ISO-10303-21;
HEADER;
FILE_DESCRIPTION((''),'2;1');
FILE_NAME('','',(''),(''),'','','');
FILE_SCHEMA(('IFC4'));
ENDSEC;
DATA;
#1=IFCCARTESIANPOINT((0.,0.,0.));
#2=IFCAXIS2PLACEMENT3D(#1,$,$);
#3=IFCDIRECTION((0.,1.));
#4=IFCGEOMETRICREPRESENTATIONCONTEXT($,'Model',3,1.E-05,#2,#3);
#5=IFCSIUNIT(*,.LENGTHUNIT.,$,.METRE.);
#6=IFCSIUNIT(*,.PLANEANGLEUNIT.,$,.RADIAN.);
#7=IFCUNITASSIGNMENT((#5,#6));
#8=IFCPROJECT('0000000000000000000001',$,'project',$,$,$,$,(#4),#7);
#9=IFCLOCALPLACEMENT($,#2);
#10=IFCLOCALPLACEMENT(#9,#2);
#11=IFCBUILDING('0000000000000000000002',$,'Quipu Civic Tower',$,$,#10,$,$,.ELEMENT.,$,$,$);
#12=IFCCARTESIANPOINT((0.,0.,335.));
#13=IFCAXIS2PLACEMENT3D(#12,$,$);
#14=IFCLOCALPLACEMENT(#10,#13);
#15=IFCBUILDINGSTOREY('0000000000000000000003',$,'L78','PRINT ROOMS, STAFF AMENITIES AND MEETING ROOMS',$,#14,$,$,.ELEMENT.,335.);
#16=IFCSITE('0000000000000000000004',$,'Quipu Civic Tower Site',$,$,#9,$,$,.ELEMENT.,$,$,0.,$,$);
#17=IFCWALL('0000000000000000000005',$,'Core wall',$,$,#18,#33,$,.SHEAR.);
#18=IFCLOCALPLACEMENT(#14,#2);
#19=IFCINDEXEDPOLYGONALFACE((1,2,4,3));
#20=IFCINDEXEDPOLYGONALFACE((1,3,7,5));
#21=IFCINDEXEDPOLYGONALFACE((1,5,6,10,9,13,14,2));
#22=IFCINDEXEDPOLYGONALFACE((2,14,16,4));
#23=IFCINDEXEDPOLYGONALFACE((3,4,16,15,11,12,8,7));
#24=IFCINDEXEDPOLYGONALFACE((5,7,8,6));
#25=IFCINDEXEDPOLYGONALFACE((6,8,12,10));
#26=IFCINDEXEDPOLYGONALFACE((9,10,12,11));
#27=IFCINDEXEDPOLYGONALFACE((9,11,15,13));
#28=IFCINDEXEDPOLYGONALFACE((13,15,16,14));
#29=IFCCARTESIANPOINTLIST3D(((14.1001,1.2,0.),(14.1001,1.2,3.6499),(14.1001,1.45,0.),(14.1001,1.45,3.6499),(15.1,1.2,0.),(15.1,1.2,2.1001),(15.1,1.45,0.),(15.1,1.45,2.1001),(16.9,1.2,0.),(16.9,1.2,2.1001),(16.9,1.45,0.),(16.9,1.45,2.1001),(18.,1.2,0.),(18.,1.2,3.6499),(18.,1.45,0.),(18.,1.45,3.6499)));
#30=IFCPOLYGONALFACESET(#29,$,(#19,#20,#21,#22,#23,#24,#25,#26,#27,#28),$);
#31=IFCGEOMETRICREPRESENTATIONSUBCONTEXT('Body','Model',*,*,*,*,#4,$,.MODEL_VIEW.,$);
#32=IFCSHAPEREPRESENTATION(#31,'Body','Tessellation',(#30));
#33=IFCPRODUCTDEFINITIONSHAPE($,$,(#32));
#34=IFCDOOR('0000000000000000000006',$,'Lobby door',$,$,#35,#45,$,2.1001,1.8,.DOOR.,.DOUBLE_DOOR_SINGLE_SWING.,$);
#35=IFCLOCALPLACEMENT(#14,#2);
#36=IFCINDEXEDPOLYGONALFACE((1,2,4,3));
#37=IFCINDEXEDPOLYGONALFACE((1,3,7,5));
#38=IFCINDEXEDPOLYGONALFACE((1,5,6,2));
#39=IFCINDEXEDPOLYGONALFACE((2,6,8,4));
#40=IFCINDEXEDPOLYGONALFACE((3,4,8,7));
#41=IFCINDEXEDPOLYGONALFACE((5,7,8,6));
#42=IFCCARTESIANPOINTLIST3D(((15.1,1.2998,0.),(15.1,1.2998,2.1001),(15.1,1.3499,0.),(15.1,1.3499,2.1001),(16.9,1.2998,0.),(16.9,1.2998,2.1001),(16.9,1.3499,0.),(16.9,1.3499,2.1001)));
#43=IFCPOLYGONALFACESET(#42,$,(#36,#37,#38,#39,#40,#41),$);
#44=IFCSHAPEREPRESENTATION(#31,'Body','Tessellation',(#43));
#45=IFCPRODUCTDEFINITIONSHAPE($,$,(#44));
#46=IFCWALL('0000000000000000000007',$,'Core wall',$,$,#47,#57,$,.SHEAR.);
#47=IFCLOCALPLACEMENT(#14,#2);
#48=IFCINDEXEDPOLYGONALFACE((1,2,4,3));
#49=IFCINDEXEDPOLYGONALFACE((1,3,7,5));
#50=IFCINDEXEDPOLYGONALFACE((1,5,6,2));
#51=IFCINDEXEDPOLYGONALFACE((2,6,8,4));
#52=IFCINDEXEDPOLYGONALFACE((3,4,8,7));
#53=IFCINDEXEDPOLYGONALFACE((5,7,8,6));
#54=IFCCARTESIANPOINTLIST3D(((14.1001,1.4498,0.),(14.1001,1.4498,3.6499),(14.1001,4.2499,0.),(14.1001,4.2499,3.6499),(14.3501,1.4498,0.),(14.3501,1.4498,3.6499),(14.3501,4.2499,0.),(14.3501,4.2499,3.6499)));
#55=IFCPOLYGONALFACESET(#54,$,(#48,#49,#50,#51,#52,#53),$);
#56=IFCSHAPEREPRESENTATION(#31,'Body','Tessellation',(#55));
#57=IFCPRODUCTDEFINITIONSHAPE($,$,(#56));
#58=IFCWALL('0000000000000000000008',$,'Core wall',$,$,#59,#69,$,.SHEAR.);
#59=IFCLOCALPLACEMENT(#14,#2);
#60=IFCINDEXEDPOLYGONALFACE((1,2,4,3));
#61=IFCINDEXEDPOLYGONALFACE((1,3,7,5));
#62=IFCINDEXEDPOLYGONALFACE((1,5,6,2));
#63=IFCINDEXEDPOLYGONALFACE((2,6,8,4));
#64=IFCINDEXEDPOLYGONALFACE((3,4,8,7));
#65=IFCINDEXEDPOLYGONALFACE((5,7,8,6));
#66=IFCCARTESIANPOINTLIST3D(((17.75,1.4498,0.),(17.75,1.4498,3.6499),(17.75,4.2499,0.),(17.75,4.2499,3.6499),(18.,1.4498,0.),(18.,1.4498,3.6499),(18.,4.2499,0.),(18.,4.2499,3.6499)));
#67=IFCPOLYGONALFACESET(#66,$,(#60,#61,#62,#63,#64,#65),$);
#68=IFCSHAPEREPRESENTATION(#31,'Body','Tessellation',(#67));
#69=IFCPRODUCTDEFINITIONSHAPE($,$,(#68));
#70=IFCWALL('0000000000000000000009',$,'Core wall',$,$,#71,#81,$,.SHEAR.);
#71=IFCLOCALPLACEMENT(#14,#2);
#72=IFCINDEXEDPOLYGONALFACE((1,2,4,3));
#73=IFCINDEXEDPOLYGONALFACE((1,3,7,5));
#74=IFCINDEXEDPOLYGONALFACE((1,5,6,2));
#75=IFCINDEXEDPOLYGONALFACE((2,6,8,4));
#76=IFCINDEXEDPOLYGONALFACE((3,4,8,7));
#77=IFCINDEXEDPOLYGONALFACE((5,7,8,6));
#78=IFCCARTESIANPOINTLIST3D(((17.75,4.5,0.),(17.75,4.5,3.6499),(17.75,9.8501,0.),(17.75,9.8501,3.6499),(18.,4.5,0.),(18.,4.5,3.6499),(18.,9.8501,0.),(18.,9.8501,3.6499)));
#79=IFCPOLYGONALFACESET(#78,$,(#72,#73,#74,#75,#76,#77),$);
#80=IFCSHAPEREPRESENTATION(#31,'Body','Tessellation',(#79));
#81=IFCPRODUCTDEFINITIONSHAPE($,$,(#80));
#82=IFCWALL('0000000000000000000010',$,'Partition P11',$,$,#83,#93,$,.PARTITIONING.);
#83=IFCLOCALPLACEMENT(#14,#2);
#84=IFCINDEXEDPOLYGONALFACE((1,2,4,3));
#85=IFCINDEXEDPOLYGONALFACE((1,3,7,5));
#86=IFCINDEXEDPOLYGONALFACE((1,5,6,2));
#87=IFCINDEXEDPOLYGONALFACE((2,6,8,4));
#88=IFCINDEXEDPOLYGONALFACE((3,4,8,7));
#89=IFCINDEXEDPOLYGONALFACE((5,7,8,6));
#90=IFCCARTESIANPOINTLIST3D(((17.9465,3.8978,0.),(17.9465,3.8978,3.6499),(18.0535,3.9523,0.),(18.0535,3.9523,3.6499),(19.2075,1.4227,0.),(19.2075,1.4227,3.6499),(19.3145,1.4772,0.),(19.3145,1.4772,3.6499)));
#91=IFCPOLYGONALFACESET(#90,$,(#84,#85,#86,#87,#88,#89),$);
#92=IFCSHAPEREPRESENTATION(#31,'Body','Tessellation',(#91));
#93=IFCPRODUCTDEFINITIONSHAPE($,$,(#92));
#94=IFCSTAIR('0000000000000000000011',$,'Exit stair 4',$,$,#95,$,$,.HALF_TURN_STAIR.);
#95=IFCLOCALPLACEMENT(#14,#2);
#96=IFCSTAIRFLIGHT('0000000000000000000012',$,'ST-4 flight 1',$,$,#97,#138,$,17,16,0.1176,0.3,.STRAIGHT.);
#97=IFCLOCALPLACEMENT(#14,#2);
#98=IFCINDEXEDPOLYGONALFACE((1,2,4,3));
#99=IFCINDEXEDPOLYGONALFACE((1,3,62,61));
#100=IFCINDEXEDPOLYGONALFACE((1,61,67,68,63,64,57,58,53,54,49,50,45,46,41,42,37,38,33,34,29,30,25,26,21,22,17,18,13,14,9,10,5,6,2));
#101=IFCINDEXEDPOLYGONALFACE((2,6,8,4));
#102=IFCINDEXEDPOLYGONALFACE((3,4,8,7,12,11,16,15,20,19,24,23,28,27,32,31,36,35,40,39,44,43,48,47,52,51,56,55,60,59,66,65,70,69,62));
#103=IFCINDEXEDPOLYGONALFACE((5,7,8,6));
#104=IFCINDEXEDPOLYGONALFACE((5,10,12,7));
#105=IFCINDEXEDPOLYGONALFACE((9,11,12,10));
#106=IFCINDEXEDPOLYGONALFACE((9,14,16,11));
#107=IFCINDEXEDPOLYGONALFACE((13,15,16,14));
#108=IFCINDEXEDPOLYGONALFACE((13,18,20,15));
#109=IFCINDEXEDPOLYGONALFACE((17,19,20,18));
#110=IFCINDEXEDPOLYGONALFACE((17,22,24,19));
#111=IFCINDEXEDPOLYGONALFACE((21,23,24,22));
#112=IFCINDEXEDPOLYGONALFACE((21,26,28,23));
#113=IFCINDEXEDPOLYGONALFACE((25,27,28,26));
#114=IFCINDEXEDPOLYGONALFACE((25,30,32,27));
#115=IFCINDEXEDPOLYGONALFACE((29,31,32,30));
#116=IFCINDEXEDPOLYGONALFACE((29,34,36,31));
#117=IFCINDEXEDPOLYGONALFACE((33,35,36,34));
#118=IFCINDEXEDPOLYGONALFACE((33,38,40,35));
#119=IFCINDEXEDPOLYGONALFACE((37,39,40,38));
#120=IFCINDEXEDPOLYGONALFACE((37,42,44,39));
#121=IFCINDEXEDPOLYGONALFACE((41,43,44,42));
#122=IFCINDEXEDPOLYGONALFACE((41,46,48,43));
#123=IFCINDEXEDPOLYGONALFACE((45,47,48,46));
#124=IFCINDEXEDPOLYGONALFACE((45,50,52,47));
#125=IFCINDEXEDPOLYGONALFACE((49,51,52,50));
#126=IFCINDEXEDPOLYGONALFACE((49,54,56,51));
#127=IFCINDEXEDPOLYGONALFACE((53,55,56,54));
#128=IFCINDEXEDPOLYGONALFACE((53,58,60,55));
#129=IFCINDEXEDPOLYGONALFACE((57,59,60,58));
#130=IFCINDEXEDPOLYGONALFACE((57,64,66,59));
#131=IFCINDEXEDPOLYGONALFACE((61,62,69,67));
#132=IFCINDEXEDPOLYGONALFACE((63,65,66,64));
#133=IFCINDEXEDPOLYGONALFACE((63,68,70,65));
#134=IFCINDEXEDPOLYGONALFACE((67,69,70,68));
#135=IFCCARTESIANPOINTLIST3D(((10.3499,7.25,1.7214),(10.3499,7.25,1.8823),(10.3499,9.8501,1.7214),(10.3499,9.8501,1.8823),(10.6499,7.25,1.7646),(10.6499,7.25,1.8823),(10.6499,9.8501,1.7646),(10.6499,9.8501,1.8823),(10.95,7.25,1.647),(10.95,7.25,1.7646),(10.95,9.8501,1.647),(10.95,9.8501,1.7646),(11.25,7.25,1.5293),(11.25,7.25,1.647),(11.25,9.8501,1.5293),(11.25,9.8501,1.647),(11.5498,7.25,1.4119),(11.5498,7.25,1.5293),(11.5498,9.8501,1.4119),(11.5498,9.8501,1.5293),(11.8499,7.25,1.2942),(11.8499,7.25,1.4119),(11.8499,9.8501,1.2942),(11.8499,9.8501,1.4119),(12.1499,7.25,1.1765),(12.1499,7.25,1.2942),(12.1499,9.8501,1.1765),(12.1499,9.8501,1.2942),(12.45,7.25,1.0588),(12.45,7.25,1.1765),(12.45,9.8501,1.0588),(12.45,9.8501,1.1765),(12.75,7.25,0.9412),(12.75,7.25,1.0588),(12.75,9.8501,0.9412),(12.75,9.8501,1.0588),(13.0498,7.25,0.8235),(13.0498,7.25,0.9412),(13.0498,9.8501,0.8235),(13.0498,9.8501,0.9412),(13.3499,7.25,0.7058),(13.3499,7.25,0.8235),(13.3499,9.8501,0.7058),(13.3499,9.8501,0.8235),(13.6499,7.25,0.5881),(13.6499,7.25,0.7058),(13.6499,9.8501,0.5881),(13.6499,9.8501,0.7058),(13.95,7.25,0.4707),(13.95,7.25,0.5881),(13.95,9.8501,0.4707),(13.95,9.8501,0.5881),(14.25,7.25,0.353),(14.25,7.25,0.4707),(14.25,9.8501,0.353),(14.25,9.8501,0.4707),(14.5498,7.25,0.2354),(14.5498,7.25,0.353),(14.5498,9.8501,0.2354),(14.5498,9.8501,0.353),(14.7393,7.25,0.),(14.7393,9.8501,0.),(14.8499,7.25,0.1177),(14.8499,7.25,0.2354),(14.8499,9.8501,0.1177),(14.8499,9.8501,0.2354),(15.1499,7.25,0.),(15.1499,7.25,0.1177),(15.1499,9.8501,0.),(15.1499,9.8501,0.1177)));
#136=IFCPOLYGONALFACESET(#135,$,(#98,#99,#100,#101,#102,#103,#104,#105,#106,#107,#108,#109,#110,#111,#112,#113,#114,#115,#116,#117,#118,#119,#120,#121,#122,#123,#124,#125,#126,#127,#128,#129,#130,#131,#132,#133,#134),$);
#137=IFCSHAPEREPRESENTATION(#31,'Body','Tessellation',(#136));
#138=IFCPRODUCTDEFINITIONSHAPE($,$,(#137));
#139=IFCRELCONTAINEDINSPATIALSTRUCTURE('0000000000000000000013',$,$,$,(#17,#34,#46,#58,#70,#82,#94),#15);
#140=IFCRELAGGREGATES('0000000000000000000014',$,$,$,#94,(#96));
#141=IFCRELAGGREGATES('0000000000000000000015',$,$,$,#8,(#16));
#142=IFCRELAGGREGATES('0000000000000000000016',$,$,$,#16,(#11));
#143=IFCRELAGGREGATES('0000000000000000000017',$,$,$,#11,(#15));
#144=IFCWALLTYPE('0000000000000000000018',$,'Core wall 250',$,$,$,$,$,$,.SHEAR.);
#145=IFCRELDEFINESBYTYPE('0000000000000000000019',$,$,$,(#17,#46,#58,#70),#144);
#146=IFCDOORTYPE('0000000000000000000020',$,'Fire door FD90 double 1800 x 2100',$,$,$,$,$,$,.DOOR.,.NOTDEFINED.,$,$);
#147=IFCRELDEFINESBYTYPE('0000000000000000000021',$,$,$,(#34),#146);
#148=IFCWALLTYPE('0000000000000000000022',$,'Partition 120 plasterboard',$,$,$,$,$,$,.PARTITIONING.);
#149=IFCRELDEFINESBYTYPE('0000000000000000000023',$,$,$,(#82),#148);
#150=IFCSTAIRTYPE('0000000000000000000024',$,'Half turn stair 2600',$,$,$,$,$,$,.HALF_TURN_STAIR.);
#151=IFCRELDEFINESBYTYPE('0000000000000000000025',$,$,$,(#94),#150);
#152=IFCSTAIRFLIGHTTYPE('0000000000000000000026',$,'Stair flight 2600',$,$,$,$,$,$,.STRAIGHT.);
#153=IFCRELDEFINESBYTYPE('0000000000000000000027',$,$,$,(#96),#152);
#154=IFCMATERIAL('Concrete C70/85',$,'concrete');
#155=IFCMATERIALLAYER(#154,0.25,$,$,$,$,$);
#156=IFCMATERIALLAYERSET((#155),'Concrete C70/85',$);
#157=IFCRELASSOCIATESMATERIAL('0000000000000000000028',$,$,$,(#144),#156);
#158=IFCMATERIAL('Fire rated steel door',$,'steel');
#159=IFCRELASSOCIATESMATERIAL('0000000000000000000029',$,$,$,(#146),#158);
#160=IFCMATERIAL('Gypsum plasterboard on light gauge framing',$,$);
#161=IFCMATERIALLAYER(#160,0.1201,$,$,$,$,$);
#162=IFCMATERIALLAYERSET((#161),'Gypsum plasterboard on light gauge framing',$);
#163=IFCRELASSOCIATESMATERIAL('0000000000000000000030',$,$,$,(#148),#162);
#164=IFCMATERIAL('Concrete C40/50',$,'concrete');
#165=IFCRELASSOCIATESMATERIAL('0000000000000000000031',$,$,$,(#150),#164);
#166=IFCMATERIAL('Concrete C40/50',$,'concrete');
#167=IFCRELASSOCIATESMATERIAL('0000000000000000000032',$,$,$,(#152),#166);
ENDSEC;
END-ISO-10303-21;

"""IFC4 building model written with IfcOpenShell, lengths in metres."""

from ifc_helpers import new_model, si_unit, direction, frame, frame_2d, origin, place, context, subcontext, project, spatial, polyline, rectangle, outline, extrude, material, layer, layer_set, type_object, element, fill, aggregate, save


model = new_model("IFC4")

# Units and contexts
model_context = context("Model", 3, precision=1e-05, world=origin(), true_north=direction((0.0, 1.0)))
body_context = subcontext(model_context, "Body", "Model", "MODEL_VIEW")
ifc_project = project(units=[si_unit("LENGTHUNIT", "METRE"), si_unit("PLANEANGLEUNIT", "RADIAN")], contexts=[model_context])

# Site, building, storey
site_placement = place(None, origin())
site = spatial("IfcSite", under=ifc_project, at=site_placement, Name="Quipu Civic Tower Site", CompositionType="ELEMENT", RefElevation=0.0)
building_placement = place(site_placement, origin())
building = spatial("IfcBuilding", under=site, at=building_placement, Name="Quipu Civic Tower", CompositionType="ELEMENT")
storey_placement = place(building_placement, frame((0.0, 0.0, 335.0)))
storey = spatial("IfcBuildingStorey", under=building, at=storey_placement, Name="L78", Description="PRINT ROOMS, STAFF AMENITIES AND MEETING ROOMS", CompositionType="ELEMENT", Elevation=335.0)

# Wall, opening, door
ifc_material_1 = material(Name="Concrete C70/85", Category="concrete")
ifc_layer_1 = layer(ifc_material_1, 0.25)
ifc_layer_set_1 = layer_set([ifc_layer_1], Name="Concrete C70/85")
wall_type_1 = type_object("IfcWallType", Name="Core wall 250", PredefinedType="SHEAR", material=ifc_layer_set_1)
wall_1_placement = place(storey_placement, frame((14.1001, 1.325, 0.0), z_axis=(0.0, 0.0, 1.0), x_axis=(1.0, 0.0, 0.0)))
wall_1 = element("IfcWall", 1, at=wall_1_placement, inside=storey, type_object=wall_type_1, Name="Core wall", PredefinedType="SHEAR", context=body_context, shape_type="SweptSolid", body=[
    extrude(rectangle(XDim=3.8999, YDim=0.25, at=frame_2d((1.95, 0.0))), origin(), (0.0, 0.0, 1.0), 3.6499),
])
opening_placement = place(wall_1_placement, frame((1.0, 0.0, 0.0)))
opening = element("IfcOpeningElement", 2, at=opening_placement, cuts=wall_1, PredefinedType="OPENING", context=body_context, shape_type="SweptSolid", body=[
    extrude(rectangle(XDim=1.8, YDim=2.1001, at=frame_2d((0.8999, 1.05))), frame((0.0, 0.135, 0.0), z_axis=(0.0, -1.0, 0.0), x_axis=(1.0, 0.0, 0.0)), (0.0, 0.0, 1.0), 0.27),
])
ifc_material_2 = material(Name="Fire rated steel door", Category="steel")
door_type = type_object("IfcDoorType", Name="Fire door FD90 double 1800 x 2100", OperationType="NOTDEFINED", PredefinedType="DOOR", material=ifc_material_2)
door_placement = place(opening_placement, origin())
door = element("IfcDoor", 3, at=door_placement, inside=storey, type_object=door_type, Name="Lobby door", OperationType="DOUBLE_DOOR_SINGLE_SWING", OverallHeight=2.1001, OverallWidth=1.8, PredefinedType="DOOR", context=body_context, shape_type="SweptSolid", body=[
    extrude(rectangle(XDim=1.8, YDim=2.1001, at=frame_2d((0.8999, 1.05))), frame((0.0, 0.0249, 0.0), z_axis=(0.0, -1.0, 0.0), x_axis=(1.0, 0.0, 0.0)), (0.0, 0.0, 1.0), 0.05),
])
fill(opening, door)

# Walls
for number, where, z_axis, x_axis, name in (
    (4, (14.2251, 1.45, 0.0), (0.0, 0.0, 1.0), (0.0, 1.0, 0.0), "Core wall"),
    (5, (17.875, 1.45, 0.0), (0.0, 0.0, 1.0), (0.0, 1.0, 0.0), "Core wall"),
):
    element("IfcWall", number, at=place(storey_placement, frame(where, z_axis=z_axis, x_axis=x_axis)), inside=storey, type_object=wall_type_1, Name=name, PredefinedType="SHEAR", context=body_context, shape_type="SweptSolid", body=[
        extrude(rectangle(XDim=2.8, YDim=0.25, at=frame_2d((1.3999, 0.0))), origin(), (0.0, 0.0, 1.0), 3.6499),
    ])
wall_2_placement = place(storey_placement, frame((17.875, 4.5, 0.0), z_axis=(0.0, 0.0, 1.0), x_axis=(0.0, 1.0, 0.0)))
element("IfcWall", 6, at=wall_2_placement, inside=storey, type_object=wall_type_1, Name="Core wall", PredefinedType="SHEAR", context=body_context, shape_type="SweptSolid", body=[
    extrude(rectangle(XDim=5.3501, YDim=0.25, at=frame_2d((2.675, 0.0))), origin(), (0.0, 0.0, 1.0), 3.6499),
])
ifc_material_3 = material(Name="Gypsum plasterboard on light gauge framing")
ifc_layer_2 = layer(ifc_material_3, 0.1201)
ifc_layer_set_2 = layer_set([ifc_layer_2], Name="Gypsum plasterboard on light gauge framing")
wall_type_2 = type_object("IfcWallType", Name="Partition 120 plasterboard", PredefinedType="PARTITIONING", material=ifc_layer_set_2)
wall_3_placement = place(storey_placement, frame((18.0, 3.925, 0.0), z_axis=(0.0, 0.0, 1.0), x_axis=(0.453951, -0.891027, 0.0)))
element("IfcWall", 7, at=wall_3_placement, inside=storey, type_object=wall_type_2, Name="Partition P11", PredefinedType="PARTITIONING", context=body_context, shape_type="SweptSolid", body=[
    extrude(rectangle(XDim=2.7778, YDim=0.1201, at=frame_2d((1.3889, 0.0))), origin(), (0.0, 0.0, 1.0), 3.6499),
])

# Stair, stair flight
ifc_material_4 = material(Name="Concrete C40/50", Category="concrete")
stair_type = type_object("IfcStairType", Name="Half turn stair 2600", PredefinedType="HALF_TURN_STAIR", material=ifc_material_4)
stair_placement = place(storey_placement, origin())
stair = element("IfcStair", 8, at=stair_placement, inside=storey, type_object=stair_type, Name="Exit stair 4", PredefinedType="HALF_TURN_STAIR")
ifc_material_5 = material(Name="Concrete C40/50", Category="concrete")
stair_flight_type = type_object("IfcStairFlightType", Name="Stair flight 2600", PredefinedType="STRAIGHT", material=ifc_material_5)
stair_flight_placement = place(storey_placement, frame((15.1499, 8.55, 0.0), z_axis=(0.0, 0.0, 1.0), x_axis=(-1.0, 0.0, 0.0)))
stair_flight = element("IfcStairFlight", 9, at=stair_flight_placement, type_object=stair_flight_type, Name="ST-4 flight 1", NumberOfRisers=17, NumberOfTreads=16, PredefinedType="STRAIGHT", RiserHeight=0.1176, TreadLength=0.3, context=body_context, shape_type="SweptSolid", body=[
    extrude(outline(polyline([(0.0, 0.0), (0.0, 0.1177), (0.3, 0.1177), (0.3, 0.2354), (0.6001, 0.2354), (0.6001, 0.353), (0.8999, 0.353), (0.8999, 0.4707), (1.2, 0.4707), (1.2, 0.5881), (1.5, 0.5881), (1.5, 0.7058), (1.8, 0.7058), (1.8, 0.8235), (2.1001, 0.8235), (2.1001, 0.9412), (2.3999, 0.9412), (2.3999, 1.0588), (2.7, 1.0588), (2.7, 1.1765), (3.0, 1.1765), (3.0, 1.2942), (3.3, 1.2942), (3.3, 1.4119), (3.6001, 1.4119), (3.6001, 1.5293), (3.8999, 1.5293), (3.8999, 1.647), (4.2, 1.647), (4.2, 1.7646), (4.5, 1.7646), (4.5, 1.8823), (4.8, 1.8823), (4.8, 2.0), (4.8, 1.7214), (0.4106, 0.0), (0.0, 0.0)])), frame((0.0, 1.3, 0.0), z_axis=(0.0, -1.0, 0.0), x_axis=(1.0, 0.0, 0.0)), (0.0, 0.0, 1.0), 2.6001),
])
aggregate(stair, [stair_flight])

save(model, "model.ifc")
